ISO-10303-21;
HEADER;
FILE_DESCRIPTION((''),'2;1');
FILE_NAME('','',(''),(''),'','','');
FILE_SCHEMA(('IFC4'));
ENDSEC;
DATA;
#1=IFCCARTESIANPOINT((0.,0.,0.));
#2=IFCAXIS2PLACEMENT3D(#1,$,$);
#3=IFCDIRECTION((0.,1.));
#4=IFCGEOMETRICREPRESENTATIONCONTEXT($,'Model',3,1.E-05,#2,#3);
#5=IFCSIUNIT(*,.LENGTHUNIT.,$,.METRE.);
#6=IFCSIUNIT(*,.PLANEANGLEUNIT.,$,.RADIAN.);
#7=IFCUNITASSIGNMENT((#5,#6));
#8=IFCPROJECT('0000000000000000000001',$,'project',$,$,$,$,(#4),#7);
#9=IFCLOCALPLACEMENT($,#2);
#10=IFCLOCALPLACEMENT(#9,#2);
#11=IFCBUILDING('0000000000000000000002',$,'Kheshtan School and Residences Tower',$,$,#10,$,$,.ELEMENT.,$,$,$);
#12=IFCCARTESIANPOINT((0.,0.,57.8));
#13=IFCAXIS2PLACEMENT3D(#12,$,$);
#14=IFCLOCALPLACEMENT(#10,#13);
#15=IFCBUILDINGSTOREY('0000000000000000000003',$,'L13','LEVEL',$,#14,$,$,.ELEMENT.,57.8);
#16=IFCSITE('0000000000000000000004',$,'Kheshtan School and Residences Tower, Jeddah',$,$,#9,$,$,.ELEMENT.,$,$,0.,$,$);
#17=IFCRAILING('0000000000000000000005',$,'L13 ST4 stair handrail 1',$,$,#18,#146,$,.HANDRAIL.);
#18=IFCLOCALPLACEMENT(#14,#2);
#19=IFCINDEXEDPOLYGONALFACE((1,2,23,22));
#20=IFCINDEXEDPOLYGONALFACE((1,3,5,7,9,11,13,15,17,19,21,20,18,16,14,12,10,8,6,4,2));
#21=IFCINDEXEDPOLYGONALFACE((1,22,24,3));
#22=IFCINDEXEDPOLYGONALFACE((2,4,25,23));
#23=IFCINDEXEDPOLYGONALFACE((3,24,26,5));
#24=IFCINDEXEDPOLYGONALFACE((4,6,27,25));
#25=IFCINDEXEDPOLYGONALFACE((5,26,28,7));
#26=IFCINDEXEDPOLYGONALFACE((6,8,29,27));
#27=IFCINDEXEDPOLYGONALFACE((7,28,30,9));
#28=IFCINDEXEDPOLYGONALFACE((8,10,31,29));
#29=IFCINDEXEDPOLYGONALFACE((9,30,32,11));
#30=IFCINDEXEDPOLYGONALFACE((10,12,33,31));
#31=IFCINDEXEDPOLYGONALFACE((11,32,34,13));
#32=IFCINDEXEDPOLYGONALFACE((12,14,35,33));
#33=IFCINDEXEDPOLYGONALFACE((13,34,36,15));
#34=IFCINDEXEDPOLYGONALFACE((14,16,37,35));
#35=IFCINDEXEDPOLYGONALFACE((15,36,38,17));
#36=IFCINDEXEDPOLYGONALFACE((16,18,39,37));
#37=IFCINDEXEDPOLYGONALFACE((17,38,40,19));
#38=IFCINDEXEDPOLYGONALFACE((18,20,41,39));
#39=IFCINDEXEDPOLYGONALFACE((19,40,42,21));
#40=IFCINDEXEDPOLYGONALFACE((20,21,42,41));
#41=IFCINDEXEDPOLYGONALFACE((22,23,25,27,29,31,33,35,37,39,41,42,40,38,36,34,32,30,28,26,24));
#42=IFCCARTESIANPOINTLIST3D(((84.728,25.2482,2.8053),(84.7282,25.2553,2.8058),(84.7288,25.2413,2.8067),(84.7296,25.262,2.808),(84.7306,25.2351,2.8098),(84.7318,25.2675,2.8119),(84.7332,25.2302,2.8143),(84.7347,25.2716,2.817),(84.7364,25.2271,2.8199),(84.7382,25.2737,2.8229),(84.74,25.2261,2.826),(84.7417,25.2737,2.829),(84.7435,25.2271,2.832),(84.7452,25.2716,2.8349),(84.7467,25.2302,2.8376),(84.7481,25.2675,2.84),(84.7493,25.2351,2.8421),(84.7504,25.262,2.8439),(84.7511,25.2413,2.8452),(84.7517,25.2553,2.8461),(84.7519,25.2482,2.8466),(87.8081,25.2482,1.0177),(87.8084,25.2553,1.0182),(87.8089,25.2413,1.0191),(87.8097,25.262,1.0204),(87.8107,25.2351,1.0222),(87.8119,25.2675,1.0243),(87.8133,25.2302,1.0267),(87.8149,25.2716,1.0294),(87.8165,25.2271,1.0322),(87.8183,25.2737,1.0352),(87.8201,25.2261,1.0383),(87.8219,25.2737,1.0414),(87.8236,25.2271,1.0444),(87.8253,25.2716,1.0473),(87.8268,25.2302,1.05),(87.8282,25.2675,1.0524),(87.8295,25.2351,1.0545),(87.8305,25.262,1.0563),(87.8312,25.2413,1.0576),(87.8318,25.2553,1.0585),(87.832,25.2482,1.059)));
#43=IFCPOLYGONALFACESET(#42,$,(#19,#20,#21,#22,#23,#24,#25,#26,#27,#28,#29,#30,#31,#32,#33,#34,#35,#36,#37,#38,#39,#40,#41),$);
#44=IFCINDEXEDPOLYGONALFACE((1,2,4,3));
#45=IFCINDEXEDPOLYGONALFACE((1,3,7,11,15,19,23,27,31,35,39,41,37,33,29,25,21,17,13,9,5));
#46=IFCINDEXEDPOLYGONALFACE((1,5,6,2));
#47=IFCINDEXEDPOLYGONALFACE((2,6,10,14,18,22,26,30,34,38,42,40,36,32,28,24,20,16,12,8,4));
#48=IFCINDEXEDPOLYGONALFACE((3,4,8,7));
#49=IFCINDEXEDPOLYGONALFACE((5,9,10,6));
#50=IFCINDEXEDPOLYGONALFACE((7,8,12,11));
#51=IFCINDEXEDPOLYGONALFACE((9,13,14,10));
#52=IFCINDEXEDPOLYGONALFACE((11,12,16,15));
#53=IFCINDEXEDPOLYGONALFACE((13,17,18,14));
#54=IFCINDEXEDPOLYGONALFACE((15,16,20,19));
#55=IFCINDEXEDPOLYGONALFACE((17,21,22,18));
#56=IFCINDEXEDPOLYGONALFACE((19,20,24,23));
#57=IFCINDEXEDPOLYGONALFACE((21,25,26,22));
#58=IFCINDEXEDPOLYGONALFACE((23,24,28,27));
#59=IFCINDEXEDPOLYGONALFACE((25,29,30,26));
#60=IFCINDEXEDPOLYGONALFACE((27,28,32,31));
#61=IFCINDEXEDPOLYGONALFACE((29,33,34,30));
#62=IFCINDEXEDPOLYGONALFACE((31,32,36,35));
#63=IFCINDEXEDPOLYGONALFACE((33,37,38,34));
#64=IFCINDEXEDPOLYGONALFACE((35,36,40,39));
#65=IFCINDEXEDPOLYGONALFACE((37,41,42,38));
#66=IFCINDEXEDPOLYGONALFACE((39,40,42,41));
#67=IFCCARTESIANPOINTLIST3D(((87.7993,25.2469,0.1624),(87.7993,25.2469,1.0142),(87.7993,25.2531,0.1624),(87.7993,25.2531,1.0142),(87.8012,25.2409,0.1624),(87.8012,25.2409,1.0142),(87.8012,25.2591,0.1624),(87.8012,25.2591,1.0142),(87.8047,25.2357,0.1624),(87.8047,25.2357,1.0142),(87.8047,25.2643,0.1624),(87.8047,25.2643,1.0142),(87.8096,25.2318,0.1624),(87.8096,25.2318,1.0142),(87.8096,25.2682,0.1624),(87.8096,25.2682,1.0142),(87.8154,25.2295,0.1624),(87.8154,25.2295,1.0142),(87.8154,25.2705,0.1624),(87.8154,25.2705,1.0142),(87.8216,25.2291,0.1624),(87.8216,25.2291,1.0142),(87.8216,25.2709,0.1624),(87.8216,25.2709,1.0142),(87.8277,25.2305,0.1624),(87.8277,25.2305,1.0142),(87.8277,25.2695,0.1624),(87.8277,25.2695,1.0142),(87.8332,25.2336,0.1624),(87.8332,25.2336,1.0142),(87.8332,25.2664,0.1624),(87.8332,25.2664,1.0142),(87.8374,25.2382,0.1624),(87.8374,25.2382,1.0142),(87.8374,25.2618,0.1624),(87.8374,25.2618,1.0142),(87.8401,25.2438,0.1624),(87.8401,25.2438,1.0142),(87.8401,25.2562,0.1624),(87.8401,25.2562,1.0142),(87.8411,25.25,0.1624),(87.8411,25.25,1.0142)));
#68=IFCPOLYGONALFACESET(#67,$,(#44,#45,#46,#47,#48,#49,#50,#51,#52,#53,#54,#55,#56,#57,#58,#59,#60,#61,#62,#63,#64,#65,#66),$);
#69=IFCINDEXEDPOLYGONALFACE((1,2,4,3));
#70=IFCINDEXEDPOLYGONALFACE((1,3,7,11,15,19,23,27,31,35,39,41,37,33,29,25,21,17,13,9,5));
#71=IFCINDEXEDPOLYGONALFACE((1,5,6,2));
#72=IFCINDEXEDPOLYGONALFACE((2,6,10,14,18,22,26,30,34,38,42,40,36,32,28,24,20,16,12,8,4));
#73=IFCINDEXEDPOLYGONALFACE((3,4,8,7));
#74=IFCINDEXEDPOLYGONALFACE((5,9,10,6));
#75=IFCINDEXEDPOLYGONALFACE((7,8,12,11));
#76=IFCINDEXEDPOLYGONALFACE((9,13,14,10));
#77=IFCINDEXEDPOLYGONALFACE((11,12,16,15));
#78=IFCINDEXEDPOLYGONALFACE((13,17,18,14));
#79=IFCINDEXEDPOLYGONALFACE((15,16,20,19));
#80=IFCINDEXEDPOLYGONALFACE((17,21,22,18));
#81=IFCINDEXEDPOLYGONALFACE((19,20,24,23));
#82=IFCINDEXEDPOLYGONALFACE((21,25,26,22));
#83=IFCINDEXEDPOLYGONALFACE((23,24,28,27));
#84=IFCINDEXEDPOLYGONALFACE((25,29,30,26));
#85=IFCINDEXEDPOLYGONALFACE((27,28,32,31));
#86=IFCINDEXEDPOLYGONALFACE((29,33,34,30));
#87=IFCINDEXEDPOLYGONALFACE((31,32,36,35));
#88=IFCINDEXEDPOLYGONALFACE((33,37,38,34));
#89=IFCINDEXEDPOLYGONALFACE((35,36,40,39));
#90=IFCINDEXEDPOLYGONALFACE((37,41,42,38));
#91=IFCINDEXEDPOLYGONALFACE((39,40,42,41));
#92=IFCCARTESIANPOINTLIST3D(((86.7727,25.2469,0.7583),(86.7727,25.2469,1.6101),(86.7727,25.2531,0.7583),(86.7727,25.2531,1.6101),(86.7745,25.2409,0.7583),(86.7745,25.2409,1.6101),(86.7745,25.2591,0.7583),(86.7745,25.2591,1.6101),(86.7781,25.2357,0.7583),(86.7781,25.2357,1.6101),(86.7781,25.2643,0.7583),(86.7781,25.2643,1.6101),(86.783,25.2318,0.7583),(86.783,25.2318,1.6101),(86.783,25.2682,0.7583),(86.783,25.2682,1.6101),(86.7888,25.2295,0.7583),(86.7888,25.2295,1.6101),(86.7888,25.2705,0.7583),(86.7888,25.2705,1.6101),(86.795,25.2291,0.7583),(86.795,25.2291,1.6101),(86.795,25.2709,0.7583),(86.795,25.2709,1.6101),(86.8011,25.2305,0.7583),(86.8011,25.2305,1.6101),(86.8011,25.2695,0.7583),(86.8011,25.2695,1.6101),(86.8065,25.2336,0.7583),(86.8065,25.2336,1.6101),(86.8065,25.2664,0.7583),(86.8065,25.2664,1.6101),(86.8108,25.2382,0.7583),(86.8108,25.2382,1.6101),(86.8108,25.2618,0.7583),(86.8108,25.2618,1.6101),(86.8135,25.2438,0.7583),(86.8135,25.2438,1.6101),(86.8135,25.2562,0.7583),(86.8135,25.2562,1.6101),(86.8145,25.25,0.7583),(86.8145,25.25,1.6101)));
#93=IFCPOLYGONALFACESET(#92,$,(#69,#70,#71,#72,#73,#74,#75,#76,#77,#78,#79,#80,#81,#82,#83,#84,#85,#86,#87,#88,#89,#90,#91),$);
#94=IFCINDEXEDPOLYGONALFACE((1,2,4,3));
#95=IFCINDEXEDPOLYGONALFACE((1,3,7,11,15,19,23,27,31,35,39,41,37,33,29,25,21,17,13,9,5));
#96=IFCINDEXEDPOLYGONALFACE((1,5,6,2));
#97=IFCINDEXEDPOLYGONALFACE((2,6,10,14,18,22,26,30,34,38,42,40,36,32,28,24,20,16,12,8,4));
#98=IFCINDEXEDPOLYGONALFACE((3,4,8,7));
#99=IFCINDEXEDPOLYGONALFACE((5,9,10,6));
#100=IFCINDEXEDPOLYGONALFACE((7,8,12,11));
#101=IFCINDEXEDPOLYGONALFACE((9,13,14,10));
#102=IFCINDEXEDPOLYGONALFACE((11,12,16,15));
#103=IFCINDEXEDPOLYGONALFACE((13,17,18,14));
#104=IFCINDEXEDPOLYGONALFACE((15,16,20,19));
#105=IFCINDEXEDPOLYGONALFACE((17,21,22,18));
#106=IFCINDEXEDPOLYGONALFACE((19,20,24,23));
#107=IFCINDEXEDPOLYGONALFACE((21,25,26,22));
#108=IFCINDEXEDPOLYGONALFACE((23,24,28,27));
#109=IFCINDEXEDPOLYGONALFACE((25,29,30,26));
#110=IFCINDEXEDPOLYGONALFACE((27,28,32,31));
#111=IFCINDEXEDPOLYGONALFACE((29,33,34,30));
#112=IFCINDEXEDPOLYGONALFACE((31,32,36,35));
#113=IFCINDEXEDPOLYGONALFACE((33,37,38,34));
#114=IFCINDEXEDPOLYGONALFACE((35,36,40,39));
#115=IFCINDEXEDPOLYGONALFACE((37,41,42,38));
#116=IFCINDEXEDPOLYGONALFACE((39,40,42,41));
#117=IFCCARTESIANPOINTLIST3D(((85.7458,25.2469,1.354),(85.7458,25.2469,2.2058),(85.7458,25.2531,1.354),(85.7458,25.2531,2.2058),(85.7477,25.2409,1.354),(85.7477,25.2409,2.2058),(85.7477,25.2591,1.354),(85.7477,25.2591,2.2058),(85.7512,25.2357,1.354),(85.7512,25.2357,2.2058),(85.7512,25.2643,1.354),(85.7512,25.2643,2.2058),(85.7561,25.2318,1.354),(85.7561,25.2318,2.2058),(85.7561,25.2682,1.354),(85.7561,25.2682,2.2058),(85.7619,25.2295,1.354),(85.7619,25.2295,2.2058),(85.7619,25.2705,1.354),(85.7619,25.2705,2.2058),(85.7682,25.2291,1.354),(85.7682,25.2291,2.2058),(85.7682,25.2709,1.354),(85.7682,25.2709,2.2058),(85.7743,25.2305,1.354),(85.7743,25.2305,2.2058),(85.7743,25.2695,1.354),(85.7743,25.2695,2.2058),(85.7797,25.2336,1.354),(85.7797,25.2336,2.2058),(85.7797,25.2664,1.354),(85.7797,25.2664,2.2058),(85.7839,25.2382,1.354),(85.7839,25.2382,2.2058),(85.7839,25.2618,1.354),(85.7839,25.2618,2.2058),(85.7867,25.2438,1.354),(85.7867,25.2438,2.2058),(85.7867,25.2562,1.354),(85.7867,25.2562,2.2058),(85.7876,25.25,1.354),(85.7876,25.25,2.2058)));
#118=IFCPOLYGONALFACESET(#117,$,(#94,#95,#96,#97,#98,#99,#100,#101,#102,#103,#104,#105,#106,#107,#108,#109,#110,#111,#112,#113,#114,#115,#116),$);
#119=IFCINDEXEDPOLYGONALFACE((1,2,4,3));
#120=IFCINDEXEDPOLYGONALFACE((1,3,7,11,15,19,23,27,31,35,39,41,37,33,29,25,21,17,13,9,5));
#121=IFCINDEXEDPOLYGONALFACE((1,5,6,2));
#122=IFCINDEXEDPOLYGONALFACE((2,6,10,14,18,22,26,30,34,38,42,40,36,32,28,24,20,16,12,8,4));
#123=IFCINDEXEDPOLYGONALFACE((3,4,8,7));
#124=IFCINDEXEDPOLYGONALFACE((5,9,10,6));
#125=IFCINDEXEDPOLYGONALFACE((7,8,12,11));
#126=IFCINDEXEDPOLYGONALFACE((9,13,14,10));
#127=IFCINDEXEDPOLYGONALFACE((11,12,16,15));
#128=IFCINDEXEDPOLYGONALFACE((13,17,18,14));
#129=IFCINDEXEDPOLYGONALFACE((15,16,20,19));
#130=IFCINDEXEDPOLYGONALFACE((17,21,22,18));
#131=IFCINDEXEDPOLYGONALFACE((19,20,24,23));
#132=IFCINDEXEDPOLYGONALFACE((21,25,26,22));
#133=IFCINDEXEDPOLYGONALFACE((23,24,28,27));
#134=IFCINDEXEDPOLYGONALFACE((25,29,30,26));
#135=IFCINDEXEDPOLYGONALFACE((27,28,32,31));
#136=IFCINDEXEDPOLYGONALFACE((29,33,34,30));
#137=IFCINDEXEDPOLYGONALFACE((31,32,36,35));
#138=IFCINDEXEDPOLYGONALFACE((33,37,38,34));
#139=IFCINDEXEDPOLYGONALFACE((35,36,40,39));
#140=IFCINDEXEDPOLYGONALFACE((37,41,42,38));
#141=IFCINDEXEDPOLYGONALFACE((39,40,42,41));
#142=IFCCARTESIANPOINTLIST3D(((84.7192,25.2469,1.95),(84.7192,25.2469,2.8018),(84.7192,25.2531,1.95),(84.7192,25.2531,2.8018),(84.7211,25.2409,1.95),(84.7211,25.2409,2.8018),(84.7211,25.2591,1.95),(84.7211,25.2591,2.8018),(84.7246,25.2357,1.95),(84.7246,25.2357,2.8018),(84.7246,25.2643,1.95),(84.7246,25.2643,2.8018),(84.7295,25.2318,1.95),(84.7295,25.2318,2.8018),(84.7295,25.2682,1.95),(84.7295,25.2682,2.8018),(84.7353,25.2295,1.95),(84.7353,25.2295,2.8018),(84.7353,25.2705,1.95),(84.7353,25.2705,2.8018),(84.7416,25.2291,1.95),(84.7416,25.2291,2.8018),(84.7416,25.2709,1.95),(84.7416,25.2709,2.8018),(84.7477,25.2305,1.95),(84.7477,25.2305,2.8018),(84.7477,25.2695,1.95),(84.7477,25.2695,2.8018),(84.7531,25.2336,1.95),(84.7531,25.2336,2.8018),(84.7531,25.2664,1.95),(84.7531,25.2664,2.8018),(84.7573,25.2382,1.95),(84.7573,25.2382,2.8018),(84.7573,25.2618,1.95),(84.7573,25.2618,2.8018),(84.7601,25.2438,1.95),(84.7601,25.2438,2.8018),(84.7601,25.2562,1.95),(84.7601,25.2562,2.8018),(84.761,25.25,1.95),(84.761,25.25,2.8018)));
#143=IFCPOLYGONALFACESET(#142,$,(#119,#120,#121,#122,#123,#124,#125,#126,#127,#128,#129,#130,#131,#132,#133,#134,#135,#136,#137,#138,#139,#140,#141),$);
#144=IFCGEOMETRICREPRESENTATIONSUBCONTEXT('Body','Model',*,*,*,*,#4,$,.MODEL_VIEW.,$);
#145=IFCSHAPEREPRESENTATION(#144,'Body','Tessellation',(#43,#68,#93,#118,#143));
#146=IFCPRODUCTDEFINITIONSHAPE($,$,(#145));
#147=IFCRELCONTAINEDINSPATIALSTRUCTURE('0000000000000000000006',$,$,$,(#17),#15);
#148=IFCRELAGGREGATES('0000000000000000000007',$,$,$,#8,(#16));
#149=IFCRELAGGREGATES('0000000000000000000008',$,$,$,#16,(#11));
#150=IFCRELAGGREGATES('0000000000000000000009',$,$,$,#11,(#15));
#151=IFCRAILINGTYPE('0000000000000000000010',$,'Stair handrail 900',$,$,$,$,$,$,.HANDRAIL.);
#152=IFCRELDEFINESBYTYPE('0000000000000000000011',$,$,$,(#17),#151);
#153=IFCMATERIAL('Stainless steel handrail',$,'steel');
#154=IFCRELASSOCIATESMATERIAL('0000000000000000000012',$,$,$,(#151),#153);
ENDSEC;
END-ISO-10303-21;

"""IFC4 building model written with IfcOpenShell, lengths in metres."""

from ifc_helpers import new_model, si_unit, direction, frame, origin, origin_2d, place, context, subcontext, project, spatial, circle, extrude, material, type_object, element, save


model = new_model("IFC4")

# Units and contexts
model_context = context("Model", 3, precision=1e-05, world=origin(), true_north=direction((0.0, 1.0)))
body_context = subcontext(model_context, "Body", "Model", "MODEL_VIEW")
ifc_project = project(units=[si_unit("LENGTHUNIT", "METRE"), si_unit("PLANEANGLEUNIT", "RADIAN")], contexts=[model_context])

# Site, building, storey
site_placement = place(None, origin())
site = spatial("IfcSite", under=ifc_project, at=site_placement, Name="Kheshtan School and Residences Tower, Jeddah", CompositionType="ELEMENT", RefElevation=0.0)
building_placement = place(site_placement, origin())
building = spatial("IfcBuilding", under=site, at=building_placement, Name="Kheshtan School and Residences Tower", CompositionType="ELEMENT")
storey_placement = place(building_placement, frame((0.0, 0.0, 57.8)))
storey = spatial("IfcBuildingStorey", under=building, at=storey_placement, Name="L13", Description="LEVEL", CompositionType="ELEMENT", Elevation=57.8)

# Railing
ifc_material_1 = material(Name="Stainless steel handrail", Category="steel")
railing_type_1 = type_object("IfcRailingType", Name="Stair handrail 900", PredefinedType="HANDRAIL", material=ifc_material_1)
railing_1_placement = place(storey_placement, frame((87.8201, 25.25, 0.1624)))
element("IfcRailing", 1, at=railing_1_placement, inside=storey, type_object=railing_type_1, Name="L13 ST4 stair handrail 1", PredefinedType="HANDRAIL", context=body_context, shape_type="SweptSolid", body=[
    extrude(circle(Radius=0.0239, at=origin_2d()), frame((0.0, 0.0, 0.876), z_axis=(-0.864891, 0.0, 0.50196), x_axis=(0.0, -1.0, 0.0)), (0.0, 0.0, 1.0), 3.5613),
    extrude(circle(Radius=0.021, at=origin_2d()), origin(), (0.0, 0.0, 1.0), 0.8518),
    extrude(circle(Radius=0.021, at=origin_2d()), frame((-1.0266, 0.0, 0.5959)), (0.0, 0.0, 1.0), 0.8518),
    extrude(circle(Radius=0.021, at=origin_2d()), frame((-2.0535, 0.0, 1.1917)), (0.0, 0.0, 1.0), 0.8518),
    extrude(circle(Radius=0.021, at=origin_2d()), frame((-3.0801, 0.0, 1.7876)), (0.0, 0.0, 1.0), 0.8518),
])

save(model, "model.ifc")
